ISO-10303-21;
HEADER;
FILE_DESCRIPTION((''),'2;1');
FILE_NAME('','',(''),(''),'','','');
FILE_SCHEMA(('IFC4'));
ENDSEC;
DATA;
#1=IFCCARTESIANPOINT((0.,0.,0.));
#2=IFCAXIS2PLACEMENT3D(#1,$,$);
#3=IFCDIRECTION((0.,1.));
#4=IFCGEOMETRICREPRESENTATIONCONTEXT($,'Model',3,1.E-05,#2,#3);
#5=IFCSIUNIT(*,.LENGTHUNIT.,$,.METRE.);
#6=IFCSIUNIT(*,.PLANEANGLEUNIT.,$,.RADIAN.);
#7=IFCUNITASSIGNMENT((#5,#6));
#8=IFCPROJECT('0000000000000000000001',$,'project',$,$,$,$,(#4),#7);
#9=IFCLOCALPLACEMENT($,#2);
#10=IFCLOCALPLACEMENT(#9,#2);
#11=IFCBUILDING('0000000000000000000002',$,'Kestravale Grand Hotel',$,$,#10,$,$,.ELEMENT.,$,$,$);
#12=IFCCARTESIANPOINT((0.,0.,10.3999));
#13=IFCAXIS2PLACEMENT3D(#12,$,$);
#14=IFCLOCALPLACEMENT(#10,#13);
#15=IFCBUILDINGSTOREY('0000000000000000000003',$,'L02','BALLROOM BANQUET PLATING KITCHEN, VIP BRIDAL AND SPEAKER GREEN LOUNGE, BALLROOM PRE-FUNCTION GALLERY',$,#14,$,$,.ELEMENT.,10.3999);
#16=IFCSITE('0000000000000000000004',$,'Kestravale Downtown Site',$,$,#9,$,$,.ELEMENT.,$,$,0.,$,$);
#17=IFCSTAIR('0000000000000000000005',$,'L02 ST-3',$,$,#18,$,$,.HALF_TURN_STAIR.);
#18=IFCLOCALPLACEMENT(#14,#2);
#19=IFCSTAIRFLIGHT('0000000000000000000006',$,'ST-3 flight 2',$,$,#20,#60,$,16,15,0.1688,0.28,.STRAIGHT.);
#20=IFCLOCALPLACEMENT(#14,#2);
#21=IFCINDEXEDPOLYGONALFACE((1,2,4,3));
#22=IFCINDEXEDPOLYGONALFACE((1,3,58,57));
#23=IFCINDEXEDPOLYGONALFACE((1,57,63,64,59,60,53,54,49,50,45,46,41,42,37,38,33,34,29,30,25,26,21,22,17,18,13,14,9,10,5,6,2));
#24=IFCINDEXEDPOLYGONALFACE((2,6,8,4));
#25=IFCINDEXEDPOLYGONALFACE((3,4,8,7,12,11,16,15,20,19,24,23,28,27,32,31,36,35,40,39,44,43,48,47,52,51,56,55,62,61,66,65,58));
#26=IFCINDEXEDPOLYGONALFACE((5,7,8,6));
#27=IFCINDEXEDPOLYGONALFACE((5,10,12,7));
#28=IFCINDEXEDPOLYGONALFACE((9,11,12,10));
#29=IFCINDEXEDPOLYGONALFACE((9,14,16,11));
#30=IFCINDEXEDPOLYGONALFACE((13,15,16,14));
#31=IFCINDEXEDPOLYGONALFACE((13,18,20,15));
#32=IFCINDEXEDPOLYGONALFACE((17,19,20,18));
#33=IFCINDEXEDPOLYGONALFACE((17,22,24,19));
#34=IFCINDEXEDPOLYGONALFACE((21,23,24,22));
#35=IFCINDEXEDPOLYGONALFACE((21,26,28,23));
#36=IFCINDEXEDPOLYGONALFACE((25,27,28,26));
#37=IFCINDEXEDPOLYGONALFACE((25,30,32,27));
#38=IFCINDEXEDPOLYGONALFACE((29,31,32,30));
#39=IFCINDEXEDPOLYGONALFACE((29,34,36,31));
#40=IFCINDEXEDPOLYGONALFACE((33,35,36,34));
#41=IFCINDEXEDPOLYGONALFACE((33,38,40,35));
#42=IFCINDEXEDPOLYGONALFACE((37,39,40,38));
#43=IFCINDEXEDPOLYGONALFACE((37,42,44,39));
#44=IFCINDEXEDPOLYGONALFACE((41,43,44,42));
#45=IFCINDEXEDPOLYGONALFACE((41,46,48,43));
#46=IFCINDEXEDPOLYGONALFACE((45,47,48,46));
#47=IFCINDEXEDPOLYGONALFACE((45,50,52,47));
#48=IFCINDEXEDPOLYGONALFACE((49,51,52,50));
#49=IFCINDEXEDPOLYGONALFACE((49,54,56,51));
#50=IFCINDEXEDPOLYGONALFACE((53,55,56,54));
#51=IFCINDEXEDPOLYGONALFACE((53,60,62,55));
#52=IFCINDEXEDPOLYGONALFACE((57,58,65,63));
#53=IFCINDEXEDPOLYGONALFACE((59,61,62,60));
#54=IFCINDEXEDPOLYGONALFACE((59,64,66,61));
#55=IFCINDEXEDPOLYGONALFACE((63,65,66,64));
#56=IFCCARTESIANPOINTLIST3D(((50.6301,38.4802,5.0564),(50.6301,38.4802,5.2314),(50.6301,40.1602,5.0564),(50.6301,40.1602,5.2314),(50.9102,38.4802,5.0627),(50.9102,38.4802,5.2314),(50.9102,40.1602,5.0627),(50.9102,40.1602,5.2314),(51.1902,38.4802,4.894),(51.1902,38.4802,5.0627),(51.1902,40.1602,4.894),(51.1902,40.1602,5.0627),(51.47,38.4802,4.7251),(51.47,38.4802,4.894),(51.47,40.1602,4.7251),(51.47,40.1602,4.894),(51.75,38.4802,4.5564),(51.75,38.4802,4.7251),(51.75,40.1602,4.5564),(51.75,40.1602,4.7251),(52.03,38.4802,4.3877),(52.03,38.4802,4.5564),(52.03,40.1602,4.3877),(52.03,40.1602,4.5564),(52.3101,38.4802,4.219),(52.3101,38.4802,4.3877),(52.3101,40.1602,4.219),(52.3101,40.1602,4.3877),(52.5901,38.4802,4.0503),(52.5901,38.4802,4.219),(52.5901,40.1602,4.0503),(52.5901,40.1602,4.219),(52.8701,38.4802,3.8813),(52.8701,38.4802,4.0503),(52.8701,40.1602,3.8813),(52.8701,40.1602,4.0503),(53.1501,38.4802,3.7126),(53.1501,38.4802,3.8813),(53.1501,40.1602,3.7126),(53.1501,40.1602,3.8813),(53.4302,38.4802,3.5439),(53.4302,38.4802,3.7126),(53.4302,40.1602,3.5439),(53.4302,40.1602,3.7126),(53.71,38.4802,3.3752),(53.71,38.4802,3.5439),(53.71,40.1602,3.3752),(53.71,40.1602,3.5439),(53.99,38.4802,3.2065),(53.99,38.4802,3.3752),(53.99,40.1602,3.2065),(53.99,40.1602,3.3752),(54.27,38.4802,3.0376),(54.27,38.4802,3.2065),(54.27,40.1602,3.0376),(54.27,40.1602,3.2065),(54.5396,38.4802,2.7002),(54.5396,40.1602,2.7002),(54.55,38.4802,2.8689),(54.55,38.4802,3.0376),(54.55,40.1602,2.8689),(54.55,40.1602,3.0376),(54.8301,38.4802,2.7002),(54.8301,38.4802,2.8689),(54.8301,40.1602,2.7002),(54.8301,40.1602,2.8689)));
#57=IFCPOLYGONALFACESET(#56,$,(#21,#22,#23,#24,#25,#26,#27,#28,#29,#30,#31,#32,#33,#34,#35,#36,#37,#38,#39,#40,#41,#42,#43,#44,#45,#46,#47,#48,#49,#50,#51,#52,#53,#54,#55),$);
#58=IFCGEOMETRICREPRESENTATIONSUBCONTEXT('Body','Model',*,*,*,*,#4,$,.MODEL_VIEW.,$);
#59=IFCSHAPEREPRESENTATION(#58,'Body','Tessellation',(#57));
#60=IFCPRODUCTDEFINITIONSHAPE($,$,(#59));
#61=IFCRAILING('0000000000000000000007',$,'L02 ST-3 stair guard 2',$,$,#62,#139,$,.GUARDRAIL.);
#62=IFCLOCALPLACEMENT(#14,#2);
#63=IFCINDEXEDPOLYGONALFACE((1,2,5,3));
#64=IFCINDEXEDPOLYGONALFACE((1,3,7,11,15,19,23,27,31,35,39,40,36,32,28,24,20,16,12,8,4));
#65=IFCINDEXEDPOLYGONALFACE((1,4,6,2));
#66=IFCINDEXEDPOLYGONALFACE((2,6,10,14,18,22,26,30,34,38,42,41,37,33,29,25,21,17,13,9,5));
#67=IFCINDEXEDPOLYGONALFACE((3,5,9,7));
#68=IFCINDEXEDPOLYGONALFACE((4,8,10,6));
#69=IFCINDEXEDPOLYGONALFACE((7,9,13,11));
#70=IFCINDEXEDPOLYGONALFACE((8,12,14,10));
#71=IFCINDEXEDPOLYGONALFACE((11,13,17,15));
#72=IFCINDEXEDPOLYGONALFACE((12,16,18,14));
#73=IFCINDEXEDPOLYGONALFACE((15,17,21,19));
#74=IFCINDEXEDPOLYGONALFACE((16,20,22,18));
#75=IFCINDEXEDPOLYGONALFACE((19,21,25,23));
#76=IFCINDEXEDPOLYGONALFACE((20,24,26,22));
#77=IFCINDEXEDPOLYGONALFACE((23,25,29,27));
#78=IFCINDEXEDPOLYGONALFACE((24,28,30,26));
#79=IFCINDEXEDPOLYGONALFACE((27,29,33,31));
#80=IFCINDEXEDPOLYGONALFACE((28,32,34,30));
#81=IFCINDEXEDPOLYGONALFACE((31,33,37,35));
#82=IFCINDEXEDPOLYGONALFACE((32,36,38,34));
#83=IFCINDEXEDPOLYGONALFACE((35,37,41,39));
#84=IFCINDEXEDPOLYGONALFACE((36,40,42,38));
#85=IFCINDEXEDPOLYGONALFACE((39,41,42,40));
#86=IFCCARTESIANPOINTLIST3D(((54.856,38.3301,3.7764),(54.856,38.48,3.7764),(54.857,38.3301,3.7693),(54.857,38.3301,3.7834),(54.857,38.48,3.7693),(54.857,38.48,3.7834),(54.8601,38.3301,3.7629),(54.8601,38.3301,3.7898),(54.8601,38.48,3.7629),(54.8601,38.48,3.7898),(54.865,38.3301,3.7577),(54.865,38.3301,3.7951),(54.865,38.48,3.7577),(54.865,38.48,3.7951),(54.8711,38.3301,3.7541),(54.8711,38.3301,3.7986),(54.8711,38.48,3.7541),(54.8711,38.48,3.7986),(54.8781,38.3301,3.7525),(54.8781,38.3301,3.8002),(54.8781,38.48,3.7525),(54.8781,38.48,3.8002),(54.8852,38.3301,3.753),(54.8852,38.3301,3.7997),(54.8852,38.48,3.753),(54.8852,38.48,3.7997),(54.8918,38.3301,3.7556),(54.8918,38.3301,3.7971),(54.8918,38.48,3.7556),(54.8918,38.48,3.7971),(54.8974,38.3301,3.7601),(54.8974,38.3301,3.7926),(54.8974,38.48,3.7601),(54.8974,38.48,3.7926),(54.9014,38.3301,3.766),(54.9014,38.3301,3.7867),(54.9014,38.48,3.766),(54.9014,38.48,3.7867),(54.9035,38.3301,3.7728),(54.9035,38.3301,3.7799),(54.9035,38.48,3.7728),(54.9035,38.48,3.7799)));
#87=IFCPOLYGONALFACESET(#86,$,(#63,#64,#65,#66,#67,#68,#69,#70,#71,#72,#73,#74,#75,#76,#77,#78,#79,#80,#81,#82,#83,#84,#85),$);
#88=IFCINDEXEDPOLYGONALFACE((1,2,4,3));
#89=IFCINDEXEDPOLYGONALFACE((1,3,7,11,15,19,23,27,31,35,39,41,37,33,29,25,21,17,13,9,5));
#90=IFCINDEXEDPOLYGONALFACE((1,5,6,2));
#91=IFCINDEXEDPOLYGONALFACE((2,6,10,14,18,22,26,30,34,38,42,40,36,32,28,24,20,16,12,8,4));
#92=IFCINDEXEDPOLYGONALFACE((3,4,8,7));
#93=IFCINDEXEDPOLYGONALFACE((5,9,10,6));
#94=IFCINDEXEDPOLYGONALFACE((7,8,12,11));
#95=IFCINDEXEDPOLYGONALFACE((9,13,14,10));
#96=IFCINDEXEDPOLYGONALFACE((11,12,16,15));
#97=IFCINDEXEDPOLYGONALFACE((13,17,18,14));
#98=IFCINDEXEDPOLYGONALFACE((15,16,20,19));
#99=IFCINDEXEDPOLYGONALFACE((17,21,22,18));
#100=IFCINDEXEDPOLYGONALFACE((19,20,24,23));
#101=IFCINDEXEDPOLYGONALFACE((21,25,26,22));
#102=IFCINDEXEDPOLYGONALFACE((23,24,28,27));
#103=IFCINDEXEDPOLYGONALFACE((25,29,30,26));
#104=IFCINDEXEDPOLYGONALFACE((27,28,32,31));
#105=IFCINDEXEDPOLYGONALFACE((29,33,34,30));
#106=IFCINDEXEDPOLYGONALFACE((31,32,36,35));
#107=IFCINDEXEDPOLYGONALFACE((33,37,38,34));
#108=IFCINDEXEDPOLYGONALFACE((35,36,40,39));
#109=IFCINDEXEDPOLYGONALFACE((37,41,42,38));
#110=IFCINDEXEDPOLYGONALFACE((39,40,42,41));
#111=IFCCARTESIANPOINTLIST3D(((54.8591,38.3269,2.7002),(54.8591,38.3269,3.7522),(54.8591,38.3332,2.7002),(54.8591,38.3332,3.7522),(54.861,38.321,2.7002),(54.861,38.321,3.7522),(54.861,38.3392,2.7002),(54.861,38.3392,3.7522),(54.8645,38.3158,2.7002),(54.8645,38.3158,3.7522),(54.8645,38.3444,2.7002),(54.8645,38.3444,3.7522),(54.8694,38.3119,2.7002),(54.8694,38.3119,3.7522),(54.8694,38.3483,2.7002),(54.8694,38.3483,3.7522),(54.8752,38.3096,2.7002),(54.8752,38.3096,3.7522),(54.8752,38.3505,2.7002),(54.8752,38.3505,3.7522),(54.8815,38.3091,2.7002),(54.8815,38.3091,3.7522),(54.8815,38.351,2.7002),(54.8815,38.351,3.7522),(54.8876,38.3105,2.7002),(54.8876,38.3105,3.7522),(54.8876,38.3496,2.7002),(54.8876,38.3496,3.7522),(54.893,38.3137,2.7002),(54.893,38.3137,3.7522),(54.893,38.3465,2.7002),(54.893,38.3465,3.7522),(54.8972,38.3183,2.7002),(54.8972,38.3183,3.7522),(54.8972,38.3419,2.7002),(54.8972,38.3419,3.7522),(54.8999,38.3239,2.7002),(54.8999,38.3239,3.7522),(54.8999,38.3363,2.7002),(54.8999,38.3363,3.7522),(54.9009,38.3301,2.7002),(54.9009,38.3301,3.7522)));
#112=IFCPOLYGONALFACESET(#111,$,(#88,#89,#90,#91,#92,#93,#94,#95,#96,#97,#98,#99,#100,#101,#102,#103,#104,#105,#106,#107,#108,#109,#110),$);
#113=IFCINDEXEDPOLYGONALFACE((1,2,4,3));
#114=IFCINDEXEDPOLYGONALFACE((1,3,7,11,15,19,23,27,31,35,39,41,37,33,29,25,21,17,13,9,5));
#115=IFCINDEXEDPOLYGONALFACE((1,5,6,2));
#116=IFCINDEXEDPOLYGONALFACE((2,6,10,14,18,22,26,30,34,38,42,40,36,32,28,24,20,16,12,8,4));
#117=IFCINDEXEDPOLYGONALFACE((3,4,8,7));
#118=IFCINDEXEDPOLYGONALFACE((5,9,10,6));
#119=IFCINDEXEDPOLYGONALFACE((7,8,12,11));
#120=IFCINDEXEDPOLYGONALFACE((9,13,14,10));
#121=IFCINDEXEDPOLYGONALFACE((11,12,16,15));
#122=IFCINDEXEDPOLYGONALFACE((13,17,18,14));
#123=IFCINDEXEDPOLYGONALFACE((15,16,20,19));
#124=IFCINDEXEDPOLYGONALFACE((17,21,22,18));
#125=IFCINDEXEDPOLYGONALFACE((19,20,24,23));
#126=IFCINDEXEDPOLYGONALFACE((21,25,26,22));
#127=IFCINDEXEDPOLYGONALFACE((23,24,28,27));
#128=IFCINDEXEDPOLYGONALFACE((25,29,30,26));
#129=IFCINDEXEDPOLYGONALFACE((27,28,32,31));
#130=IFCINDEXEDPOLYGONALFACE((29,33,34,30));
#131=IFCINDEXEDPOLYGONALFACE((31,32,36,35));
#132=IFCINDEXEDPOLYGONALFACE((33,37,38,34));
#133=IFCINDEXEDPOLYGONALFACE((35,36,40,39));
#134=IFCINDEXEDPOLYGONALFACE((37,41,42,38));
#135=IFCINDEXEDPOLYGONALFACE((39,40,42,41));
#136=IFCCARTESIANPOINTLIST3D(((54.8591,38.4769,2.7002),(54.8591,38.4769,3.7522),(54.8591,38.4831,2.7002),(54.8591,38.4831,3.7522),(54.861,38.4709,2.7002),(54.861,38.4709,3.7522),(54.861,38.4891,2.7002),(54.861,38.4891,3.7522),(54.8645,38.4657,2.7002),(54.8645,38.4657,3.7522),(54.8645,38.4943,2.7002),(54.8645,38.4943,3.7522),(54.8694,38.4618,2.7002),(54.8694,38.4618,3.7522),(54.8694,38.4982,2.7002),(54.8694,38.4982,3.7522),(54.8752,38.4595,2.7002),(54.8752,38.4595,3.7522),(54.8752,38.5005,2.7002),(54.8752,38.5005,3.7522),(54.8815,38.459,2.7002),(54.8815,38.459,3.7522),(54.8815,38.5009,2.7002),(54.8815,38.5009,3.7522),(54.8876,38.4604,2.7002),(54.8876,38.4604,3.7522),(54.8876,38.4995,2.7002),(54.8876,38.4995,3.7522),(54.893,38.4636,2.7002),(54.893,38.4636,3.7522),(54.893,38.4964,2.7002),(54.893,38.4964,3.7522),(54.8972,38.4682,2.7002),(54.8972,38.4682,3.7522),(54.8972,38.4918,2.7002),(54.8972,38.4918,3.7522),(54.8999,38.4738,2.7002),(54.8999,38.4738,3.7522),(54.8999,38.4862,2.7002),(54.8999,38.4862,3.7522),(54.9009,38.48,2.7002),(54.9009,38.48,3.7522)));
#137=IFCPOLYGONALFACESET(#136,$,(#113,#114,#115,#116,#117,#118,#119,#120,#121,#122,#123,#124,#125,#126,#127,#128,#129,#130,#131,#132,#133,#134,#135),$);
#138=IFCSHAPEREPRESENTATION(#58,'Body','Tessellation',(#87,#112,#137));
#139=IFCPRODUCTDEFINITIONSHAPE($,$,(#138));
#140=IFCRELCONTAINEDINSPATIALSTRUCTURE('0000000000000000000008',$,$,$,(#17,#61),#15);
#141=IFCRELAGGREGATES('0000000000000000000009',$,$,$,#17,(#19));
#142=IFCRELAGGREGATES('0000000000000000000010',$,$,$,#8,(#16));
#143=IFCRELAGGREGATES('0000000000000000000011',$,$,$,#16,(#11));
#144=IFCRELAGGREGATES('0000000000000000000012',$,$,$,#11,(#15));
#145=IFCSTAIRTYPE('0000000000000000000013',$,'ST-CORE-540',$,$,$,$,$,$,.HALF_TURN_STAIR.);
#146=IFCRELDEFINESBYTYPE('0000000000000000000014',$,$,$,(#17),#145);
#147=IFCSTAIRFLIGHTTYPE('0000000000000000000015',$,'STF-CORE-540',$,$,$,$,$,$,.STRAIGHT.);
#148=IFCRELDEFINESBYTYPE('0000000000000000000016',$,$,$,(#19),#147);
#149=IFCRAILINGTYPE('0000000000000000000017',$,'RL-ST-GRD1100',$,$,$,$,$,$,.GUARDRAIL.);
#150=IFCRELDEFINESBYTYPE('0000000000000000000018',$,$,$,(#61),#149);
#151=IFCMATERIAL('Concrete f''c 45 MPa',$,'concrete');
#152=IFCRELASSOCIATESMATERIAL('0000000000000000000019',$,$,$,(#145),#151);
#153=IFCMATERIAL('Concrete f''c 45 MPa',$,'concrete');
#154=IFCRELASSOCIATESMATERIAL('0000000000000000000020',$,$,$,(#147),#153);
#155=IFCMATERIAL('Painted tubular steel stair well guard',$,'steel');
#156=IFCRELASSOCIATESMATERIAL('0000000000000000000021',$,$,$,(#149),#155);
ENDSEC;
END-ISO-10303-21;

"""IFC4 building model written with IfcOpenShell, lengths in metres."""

from ifc_helpers import new_model, si_unit, direction, frame, origin, origin_2d, place, context, subcontext, project, spatial, polyline, circle, outline, extrude, material, type_object, element, aggregate, save


model = new_model("IFC4")

# Units and contexts
model_context = context("Model", 3, precision=1e-05, world=origin(), true_north=direction((0.0, 1.0)))
body_context = subcontext(model_context, "Body", "Model", "MODEL_VIEW")
ifc_project = project(units=[si_unit("LENGTHUNIT", "METRE"), si_unit("PLANEANGLEUNIT", "RADIAN")], contexts=[model_context])

# Site, building, storey
site_placement = place(None, origin())
site = spatial("IfcSite", under=ifc_project, at=site_placement, Name="Kestravale Downtown Site", CompositionType="ELEMENT", RefElevation=0.0)
building_placement = place(site_placement, origin())
building = spatial("IfcBuilding", under=site, at=building_placement, Name="Kestravale Grand Hotel", CompositionType="ELEMENT")
storey_placement = place(building_placement, frame((0.0, 0.0, 10.3999)))
storey = spatial("IfcBuildingStorey", under=building, at=storey_placement, Name="L02", Description="BALLROOM BANQUET PLATING KITCHEN, VIP BRIDAL AND SPEAKER GREEN LOUNGE, BALLROOM PRE-FUNCTION GALLERY", CompositionType="ELEMENT", Elevation=10.3999)

# Stair, stair flight
ifc_material_1 = material(Name="Concrete f'c 45 MPa", Category="concrete")
stair_type = type_object("IfcStairType", Name="ST-CORE-540", PredefinedType="HALF_TURN_STAIR", material=ifc_material_1)
stair_placement = place(storey_placement, origin())
stair = element("IfcStair", 1, at=stair_placement, inside=storey, type_object=stair_type, Name="L02 ST-3", PredefinedType="HALF_TURN_STAIR")
ifc_material_2 = material(Name="Concrete f'c 45 MPa", Category="concrete")
stair_flight_type = type_object("IfcStairFlightType", Name="STF-CORE-540", PredefinedType="STRAIGHT", material=ifc_material_2)
stair_flight_placement = place(storey_placement, frame((54.8301, 39.3201, 2.7002), z_axis=(0.0, 0.0, 1.0), x_axis=(-1.0, 0.0, 0.0)))
stair_flight = element("IfcStairFlight", 2, at=stair_flight_placement, type_object=stair_flight_type, Name="ST-3 flight 2", NumberOfRisers=16, NumberOfTreads=15, PredefinedType="STRAIGHT", RiserHeight=0.1688, TreadLength=0.28, context=body_context, shape_type="SweptSolid", body=[
    extrude(outline(polyline([(0.0, 0.0), (0.0, 0.1687), (0.28, 0.1687), (0.28, 0.3374), (0.5601, 0.3374), (0.5601, 0.5063), (0.8401, 0.5063), (0.8401, 0.675), (1.1201, 0.675), (1.1201, 0.8438), (1.3999, 0.8438), (1.3999, 1.0125), (1.6799, 1.0125), (1.6799, 1.1812), (1.96, 1.1812), (1.96, 1.3501), (2.24, 1.3501), (2.24, 1.5188), (2.52, 1.5188), (2.52, 1.6875), (2.8, 1.6875), (2.8, 1.8562), (3.0801, 1.8562), (3.0801, 2.0249), (3.3601, 2.0249), (3.3601, 2.1938), (3.6399, 2.1938), (3.6399, 2.3625), (3.9199, 2.3625), (3.9199, 2.5312), (4.2, 2.5312), (4.2, 2.7), (4.2, 2.3562), (0.2905, 0.0), (0.0, 0.0)])), frame((0.0, 0.8398, 0.0), z_axis=(0.0, -1.0, 0.0), x_axis=(1.0, 0.0, 0.0)), (0.0, 0.0, 1.0), 1.6799),
])
aggregate(stair, [stair_flight])

# Railing
ifc_material_3 = material(Name="Painted tubular steel stair well guard", Category="steel")
railing_type_1 = type_object("IfcRailingType", Name="RL-ST-GRD1100", PredefinedType="GUARDRAIL", material=ifc_material_3)
railing_1_placement = place(storey_placement, frame((54.8799, 38.3301, 2.7002)))
element("IfcRailing", 3, at=railing_1_placement, inside=storey, type_object=railing_type_1, Name="L02 ST-3 stair guard 2", PredefinedType="GUARDRAIL", context=body_context, shape_type="SweptSolid", body=[
    extrude(circle(Radius=0.0239, at=origin_2d()), frame((0.0, 0.0, 1.0762), z_axis=(0.0, 1.0, 0.0), x_axis=(-1.0, 0.0, 0.0)), (0.0, 0.0, 1.0), 0.1499),
    extrude(circle(Radius=0.021, at=origin_2d()), origin(), (0.0, 0.0, 1.0), 1.052),
    extrude(circle(Radius=0.021, at=origin_2d()), frame((0.0, 0.1499, 0.0)), (0.0, 0.0, 1.0), 1.052),
])

save(model, "model.ifc")
